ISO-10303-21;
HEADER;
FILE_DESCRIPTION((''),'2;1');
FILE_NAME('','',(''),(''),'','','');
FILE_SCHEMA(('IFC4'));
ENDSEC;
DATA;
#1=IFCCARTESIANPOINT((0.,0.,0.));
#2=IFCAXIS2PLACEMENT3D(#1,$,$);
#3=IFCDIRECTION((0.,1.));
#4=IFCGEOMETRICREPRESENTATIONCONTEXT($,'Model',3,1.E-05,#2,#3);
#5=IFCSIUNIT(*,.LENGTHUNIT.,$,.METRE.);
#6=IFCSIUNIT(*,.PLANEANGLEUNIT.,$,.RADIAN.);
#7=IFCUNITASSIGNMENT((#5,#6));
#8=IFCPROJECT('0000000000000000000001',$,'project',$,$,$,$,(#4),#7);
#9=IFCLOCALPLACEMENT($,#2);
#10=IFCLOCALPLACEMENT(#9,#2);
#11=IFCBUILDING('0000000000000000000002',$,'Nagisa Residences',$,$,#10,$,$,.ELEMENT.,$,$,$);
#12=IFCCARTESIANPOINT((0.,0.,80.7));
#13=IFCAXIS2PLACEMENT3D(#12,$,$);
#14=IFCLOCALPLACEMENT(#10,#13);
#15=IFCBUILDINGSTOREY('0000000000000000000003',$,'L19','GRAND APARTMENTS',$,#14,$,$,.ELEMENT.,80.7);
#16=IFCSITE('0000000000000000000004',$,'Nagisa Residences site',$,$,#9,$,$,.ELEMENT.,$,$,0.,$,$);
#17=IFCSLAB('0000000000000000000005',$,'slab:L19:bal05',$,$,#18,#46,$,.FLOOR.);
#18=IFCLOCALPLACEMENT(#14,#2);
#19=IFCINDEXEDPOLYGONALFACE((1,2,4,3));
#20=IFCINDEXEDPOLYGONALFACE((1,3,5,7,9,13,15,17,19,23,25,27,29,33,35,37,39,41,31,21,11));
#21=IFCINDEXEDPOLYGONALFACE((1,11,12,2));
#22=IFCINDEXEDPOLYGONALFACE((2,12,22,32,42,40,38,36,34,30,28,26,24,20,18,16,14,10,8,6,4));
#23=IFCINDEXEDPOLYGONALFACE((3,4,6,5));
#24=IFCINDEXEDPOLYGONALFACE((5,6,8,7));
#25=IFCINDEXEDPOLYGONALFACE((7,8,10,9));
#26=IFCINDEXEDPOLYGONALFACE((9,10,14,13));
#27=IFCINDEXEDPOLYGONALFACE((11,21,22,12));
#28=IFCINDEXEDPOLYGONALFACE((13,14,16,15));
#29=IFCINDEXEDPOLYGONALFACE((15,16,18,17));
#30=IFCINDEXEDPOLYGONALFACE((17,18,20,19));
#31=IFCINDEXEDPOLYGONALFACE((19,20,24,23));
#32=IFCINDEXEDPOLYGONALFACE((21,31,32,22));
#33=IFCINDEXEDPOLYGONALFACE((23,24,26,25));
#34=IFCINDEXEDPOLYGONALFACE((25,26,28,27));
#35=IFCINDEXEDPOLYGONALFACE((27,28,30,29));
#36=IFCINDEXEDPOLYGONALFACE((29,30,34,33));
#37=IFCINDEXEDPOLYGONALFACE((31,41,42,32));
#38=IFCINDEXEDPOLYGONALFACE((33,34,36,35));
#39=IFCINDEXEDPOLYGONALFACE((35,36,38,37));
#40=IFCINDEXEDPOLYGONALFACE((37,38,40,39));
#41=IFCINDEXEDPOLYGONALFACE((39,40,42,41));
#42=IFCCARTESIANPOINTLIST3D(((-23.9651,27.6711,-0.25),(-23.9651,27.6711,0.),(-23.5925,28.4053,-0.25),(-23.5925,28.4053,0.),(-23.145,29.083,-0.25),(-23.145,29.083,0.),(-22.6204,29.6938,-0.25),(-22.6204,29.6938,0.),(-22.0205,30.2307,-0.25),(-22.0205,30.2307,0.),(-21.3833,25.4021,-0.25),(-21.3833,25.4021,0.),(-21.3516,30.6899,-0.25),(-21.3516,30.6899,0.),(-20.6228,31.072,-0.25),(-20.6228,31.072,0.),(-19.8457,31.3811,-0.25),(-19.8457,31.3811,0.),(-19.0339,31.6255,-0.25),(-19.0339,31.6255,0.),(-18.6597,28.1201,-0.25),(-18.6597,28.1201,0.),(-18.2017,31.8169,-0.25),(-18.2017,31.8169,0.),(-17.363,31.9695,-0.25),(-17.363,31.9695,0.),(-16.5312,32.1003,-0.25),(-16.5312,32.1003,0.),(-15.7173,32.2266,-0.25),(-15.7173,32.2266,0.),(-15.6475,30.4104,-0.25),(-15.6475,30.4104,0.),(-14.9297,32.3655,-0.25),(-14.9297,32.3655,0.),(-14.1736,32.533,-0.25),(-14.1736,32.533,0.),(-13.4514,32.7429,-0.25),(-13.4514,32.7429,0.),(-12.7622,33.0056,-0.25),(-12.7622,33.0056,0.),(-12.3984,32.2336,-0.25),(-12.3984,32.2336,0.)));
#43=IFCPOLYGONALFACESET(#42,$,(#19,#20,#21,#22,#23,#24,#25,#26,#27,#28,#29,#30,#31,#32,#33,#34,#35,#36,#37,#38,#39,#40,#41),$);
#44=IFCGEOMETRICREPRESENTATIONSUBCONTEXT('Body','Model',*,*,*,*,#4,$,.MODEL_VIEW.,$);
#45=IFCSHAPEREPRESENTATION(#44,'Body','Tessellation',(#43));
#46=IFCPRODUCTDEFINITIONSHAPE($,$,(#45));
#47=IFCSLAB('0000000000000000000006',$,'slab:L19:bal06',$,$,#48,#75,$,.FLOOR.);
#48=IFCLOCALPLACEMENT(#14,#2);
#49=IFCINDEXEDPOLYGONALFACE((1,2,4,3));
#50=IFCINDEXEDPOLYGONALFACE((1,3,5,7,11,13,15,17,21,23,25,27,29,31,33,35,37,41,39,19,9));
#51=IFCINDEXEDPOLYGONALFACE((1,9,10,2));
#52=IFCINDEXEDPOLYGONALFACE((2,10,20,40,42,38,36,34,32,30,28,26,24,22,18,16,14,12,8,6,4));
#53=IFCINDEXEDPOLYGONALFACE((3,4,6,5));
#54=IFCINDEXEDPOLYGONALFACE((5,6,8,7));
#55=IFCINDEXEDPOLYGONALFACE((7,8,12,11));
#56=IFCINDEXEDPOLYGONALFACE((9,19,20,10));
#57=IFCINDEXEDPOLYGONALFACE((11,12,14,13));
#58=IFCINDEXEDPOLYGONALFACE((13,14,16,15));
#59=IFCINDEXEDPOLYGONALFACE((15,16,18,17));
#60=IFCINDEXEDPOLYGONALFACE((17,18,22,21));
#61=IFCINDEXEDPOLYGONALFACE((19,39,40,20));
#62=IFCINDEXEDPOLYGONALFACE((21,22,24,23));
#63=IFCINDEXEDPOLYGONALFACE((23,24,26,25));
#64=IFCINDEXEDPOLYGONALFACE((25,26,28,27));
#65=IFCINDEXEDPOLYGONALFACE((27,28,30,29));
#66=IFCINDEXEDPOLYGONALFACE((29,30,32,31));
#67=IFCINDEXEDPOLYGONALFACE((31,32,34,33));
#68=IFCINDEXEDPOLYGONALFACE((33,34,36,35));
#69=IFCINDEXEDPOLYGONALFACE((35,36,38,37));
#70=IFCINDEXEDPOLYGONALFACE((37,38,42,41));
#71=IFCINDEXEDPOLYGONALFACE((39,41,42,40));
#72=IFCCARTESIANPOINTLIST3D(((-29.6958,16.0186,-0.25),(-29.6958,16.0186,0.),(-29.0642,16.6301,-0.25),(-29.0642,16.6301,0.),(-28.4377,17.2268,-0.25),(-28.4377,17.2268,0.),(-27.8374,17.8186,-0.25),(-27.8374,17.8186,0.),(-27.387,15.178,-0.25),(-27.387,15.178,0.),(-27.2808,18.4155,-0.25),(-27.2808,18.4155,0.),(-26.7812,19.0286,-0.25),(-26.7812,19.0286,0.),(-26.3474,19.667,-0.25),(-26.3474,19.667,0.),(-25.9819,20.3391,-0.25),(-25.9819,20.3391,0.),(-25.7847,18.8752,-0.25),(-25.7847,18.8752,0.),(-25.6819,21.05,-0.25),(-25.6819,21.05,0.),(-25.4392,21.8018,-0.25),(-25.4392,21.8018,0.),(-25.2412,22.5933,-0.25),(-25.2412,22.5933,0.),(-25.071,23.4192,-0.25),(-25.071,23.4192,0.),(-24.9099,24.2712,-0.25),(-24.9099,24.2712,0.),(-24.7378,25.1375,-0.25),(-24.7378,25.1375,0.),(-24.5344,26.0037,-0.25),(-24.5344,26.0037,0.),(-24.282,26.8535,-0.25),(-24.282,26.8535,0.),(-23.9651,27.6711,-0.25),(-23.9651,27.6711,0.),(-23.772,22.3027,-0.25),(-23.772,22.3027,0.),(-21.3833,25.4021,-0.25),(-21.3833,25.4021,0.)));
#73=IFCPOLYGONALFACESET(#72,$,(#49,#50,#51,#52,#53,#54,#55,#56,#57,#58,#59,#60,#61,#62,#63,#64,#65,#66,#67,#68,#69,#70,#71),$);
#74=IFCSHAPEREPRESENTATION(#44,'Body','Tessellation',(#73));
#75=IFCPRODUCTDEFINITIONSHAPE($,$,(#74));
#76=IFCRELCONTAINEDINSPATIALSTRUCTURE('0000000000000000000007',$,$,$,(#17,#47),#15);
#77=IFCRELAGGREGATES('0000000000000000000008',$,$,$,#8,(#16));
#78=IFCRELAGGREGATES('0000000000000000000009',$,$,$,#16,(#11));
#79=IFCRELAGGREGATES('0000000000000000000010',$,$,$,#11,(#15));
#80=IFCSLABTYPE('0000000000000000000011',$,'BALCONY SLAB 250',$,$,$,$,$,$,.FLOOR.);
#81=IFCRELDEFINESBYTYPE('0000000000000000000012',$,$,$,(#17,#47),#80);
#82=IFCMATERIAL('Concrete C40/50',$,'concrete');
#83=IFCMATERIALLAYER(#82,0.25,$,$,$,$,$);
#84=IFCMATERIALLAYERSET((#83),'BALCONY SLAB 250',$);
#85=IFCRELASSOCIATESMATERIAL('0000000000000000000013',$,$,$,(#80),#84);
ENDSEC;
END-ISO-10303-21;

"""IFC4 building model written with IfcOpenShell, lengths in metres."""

from ifc_helpers import new_model, si_unit, direction, frame, origin, place, context, subcontext, project, spatial, polyline, outline, extrude, material, layer, layer_set, type_object, element, save


model = new_model("IFC4")

# Units and contexts
model_context = context("Model", 3, precision=1e-05, world=origin(), true_north=direction((0.0, 1.0)))
body_context = subcontext(model_context, "Body", "Model", "MODEL_VIEW")
ifc_project = project(units=[si_unit("LENGTHUNIT", "METRE"), si_unit("PLANEANGLEUNIT", "RADIAN")], contexts=[model_context])

# Site, building, storey
site_placement = place(None, origin())
site = spatial("IfcSite", under=ifc_project, at=site_placement, Name="Nagisa Residences site", CompositionType="ELEMENT", RefElevation=0.0)
building_placement = place(site_placement, origin())
building = spatial("IfcBuilding", under=site, at=building_placement, Name="Nagisa Residences", CompositionType="ELEMENT")
storey_placement = place(building_placement, frame((0.0, 0.0, 80.7)))
storey = spatial("IfcBuildingStorey", under=building, at=storey_placement, Name="L19", Description="GRAND APARTMENTS", CompositionType="ELEMENT", Elevation=80.7)

# Slabs
ifc_material_1 = material(Name="Concrete C40/50", Category="concrete")
ifc_layer_1 = layer(ifc_material_1, 0.25)
ifc_layer_set_1 = layer_set([ifc_layer_1], Name="BALCONY SLAB 250")
slab_type_1 = type_object("IfcSlabType", Name="BALCONY SLAB 250", PredefinedType="FLOOR", material=ifc_layer_set_1)
slab_1_placement = place(storey_placement, frame((0.0, 0.0, -0.25)))
element("IfcSlab", 1, at=slab_1_placement, inside=storey, type_object=slab_type_1, Name="slab:L19:bal05", PredefinedType="FLOOR", context=body_context, shape_type="SweptSolid", body=[
    extrude(outline(polyline([(-12.7622, 33.0056), (-13.4514, 32.7429), (-14.1736, 32.533), (-14.9297, 32.3655), (-15.7173, 32.2266), (-16.5312, 32.1003), (-17.363, 31.9695), (-18.2017, 31.8169), (-19.0339, 31.6255), (-19.8457, 31.3811), (-20.6228, 31.072), (-21.3516, 30.6899), (-22.0205, 30.2307), (-22.6204, 29.6938), (-23.145, 29.083), (-23.5925, 28.4053), (-23.9651, 27.6711), (-21.3833, 25.4021), (-18.6597, 28.1201), (-15.6475, 30.4104), (-12.3984, 32.2336), (-12.7622, 33.0056)])), origin(), (0.0, 0.0, 1.0), 0.25),
])
slab_2_placement = place(storey_placement, frame((0.0, 0.0, -0.25)))
element("IfcSlab", 2, at=slab_2_placement, inside=storey, type_object=slab_type_1, Name="slab:L19:bal06", PredefinedType="FLOOR", context=body_context, shape_type="SweptSolid", body=[
    extrude(outline(polyline([(-23.9651, 27.6711), (-24.282, 26.8535), (-24.5344, 26.0037), (-24.7378, 25.1375), (-24.9099, 24.2712), (-25.071, 23.4192), (-25.2412, 22.5933), (-25.4392, 21.8018), (-25.6819, 21.05), (-25.9819, 20.3391), (-26.3474, 19.667), (-26.7812, 19.0286), (-27.2808, 18.4155), (-27.8374, 17.8186), (-28.4377, 17.2268), (-29.0642, 16.6301), (-29.6958, 16.0186), (-27.387, 15.178), (-25.7847, 18.8752), (-23.772, 22.3027), (-21.3833, 25.4021), (-23.9651, 27.6711)])), origin(), (0.0, 0.0, 1.0), 0.25),
])

save(model, "model.ifc")
